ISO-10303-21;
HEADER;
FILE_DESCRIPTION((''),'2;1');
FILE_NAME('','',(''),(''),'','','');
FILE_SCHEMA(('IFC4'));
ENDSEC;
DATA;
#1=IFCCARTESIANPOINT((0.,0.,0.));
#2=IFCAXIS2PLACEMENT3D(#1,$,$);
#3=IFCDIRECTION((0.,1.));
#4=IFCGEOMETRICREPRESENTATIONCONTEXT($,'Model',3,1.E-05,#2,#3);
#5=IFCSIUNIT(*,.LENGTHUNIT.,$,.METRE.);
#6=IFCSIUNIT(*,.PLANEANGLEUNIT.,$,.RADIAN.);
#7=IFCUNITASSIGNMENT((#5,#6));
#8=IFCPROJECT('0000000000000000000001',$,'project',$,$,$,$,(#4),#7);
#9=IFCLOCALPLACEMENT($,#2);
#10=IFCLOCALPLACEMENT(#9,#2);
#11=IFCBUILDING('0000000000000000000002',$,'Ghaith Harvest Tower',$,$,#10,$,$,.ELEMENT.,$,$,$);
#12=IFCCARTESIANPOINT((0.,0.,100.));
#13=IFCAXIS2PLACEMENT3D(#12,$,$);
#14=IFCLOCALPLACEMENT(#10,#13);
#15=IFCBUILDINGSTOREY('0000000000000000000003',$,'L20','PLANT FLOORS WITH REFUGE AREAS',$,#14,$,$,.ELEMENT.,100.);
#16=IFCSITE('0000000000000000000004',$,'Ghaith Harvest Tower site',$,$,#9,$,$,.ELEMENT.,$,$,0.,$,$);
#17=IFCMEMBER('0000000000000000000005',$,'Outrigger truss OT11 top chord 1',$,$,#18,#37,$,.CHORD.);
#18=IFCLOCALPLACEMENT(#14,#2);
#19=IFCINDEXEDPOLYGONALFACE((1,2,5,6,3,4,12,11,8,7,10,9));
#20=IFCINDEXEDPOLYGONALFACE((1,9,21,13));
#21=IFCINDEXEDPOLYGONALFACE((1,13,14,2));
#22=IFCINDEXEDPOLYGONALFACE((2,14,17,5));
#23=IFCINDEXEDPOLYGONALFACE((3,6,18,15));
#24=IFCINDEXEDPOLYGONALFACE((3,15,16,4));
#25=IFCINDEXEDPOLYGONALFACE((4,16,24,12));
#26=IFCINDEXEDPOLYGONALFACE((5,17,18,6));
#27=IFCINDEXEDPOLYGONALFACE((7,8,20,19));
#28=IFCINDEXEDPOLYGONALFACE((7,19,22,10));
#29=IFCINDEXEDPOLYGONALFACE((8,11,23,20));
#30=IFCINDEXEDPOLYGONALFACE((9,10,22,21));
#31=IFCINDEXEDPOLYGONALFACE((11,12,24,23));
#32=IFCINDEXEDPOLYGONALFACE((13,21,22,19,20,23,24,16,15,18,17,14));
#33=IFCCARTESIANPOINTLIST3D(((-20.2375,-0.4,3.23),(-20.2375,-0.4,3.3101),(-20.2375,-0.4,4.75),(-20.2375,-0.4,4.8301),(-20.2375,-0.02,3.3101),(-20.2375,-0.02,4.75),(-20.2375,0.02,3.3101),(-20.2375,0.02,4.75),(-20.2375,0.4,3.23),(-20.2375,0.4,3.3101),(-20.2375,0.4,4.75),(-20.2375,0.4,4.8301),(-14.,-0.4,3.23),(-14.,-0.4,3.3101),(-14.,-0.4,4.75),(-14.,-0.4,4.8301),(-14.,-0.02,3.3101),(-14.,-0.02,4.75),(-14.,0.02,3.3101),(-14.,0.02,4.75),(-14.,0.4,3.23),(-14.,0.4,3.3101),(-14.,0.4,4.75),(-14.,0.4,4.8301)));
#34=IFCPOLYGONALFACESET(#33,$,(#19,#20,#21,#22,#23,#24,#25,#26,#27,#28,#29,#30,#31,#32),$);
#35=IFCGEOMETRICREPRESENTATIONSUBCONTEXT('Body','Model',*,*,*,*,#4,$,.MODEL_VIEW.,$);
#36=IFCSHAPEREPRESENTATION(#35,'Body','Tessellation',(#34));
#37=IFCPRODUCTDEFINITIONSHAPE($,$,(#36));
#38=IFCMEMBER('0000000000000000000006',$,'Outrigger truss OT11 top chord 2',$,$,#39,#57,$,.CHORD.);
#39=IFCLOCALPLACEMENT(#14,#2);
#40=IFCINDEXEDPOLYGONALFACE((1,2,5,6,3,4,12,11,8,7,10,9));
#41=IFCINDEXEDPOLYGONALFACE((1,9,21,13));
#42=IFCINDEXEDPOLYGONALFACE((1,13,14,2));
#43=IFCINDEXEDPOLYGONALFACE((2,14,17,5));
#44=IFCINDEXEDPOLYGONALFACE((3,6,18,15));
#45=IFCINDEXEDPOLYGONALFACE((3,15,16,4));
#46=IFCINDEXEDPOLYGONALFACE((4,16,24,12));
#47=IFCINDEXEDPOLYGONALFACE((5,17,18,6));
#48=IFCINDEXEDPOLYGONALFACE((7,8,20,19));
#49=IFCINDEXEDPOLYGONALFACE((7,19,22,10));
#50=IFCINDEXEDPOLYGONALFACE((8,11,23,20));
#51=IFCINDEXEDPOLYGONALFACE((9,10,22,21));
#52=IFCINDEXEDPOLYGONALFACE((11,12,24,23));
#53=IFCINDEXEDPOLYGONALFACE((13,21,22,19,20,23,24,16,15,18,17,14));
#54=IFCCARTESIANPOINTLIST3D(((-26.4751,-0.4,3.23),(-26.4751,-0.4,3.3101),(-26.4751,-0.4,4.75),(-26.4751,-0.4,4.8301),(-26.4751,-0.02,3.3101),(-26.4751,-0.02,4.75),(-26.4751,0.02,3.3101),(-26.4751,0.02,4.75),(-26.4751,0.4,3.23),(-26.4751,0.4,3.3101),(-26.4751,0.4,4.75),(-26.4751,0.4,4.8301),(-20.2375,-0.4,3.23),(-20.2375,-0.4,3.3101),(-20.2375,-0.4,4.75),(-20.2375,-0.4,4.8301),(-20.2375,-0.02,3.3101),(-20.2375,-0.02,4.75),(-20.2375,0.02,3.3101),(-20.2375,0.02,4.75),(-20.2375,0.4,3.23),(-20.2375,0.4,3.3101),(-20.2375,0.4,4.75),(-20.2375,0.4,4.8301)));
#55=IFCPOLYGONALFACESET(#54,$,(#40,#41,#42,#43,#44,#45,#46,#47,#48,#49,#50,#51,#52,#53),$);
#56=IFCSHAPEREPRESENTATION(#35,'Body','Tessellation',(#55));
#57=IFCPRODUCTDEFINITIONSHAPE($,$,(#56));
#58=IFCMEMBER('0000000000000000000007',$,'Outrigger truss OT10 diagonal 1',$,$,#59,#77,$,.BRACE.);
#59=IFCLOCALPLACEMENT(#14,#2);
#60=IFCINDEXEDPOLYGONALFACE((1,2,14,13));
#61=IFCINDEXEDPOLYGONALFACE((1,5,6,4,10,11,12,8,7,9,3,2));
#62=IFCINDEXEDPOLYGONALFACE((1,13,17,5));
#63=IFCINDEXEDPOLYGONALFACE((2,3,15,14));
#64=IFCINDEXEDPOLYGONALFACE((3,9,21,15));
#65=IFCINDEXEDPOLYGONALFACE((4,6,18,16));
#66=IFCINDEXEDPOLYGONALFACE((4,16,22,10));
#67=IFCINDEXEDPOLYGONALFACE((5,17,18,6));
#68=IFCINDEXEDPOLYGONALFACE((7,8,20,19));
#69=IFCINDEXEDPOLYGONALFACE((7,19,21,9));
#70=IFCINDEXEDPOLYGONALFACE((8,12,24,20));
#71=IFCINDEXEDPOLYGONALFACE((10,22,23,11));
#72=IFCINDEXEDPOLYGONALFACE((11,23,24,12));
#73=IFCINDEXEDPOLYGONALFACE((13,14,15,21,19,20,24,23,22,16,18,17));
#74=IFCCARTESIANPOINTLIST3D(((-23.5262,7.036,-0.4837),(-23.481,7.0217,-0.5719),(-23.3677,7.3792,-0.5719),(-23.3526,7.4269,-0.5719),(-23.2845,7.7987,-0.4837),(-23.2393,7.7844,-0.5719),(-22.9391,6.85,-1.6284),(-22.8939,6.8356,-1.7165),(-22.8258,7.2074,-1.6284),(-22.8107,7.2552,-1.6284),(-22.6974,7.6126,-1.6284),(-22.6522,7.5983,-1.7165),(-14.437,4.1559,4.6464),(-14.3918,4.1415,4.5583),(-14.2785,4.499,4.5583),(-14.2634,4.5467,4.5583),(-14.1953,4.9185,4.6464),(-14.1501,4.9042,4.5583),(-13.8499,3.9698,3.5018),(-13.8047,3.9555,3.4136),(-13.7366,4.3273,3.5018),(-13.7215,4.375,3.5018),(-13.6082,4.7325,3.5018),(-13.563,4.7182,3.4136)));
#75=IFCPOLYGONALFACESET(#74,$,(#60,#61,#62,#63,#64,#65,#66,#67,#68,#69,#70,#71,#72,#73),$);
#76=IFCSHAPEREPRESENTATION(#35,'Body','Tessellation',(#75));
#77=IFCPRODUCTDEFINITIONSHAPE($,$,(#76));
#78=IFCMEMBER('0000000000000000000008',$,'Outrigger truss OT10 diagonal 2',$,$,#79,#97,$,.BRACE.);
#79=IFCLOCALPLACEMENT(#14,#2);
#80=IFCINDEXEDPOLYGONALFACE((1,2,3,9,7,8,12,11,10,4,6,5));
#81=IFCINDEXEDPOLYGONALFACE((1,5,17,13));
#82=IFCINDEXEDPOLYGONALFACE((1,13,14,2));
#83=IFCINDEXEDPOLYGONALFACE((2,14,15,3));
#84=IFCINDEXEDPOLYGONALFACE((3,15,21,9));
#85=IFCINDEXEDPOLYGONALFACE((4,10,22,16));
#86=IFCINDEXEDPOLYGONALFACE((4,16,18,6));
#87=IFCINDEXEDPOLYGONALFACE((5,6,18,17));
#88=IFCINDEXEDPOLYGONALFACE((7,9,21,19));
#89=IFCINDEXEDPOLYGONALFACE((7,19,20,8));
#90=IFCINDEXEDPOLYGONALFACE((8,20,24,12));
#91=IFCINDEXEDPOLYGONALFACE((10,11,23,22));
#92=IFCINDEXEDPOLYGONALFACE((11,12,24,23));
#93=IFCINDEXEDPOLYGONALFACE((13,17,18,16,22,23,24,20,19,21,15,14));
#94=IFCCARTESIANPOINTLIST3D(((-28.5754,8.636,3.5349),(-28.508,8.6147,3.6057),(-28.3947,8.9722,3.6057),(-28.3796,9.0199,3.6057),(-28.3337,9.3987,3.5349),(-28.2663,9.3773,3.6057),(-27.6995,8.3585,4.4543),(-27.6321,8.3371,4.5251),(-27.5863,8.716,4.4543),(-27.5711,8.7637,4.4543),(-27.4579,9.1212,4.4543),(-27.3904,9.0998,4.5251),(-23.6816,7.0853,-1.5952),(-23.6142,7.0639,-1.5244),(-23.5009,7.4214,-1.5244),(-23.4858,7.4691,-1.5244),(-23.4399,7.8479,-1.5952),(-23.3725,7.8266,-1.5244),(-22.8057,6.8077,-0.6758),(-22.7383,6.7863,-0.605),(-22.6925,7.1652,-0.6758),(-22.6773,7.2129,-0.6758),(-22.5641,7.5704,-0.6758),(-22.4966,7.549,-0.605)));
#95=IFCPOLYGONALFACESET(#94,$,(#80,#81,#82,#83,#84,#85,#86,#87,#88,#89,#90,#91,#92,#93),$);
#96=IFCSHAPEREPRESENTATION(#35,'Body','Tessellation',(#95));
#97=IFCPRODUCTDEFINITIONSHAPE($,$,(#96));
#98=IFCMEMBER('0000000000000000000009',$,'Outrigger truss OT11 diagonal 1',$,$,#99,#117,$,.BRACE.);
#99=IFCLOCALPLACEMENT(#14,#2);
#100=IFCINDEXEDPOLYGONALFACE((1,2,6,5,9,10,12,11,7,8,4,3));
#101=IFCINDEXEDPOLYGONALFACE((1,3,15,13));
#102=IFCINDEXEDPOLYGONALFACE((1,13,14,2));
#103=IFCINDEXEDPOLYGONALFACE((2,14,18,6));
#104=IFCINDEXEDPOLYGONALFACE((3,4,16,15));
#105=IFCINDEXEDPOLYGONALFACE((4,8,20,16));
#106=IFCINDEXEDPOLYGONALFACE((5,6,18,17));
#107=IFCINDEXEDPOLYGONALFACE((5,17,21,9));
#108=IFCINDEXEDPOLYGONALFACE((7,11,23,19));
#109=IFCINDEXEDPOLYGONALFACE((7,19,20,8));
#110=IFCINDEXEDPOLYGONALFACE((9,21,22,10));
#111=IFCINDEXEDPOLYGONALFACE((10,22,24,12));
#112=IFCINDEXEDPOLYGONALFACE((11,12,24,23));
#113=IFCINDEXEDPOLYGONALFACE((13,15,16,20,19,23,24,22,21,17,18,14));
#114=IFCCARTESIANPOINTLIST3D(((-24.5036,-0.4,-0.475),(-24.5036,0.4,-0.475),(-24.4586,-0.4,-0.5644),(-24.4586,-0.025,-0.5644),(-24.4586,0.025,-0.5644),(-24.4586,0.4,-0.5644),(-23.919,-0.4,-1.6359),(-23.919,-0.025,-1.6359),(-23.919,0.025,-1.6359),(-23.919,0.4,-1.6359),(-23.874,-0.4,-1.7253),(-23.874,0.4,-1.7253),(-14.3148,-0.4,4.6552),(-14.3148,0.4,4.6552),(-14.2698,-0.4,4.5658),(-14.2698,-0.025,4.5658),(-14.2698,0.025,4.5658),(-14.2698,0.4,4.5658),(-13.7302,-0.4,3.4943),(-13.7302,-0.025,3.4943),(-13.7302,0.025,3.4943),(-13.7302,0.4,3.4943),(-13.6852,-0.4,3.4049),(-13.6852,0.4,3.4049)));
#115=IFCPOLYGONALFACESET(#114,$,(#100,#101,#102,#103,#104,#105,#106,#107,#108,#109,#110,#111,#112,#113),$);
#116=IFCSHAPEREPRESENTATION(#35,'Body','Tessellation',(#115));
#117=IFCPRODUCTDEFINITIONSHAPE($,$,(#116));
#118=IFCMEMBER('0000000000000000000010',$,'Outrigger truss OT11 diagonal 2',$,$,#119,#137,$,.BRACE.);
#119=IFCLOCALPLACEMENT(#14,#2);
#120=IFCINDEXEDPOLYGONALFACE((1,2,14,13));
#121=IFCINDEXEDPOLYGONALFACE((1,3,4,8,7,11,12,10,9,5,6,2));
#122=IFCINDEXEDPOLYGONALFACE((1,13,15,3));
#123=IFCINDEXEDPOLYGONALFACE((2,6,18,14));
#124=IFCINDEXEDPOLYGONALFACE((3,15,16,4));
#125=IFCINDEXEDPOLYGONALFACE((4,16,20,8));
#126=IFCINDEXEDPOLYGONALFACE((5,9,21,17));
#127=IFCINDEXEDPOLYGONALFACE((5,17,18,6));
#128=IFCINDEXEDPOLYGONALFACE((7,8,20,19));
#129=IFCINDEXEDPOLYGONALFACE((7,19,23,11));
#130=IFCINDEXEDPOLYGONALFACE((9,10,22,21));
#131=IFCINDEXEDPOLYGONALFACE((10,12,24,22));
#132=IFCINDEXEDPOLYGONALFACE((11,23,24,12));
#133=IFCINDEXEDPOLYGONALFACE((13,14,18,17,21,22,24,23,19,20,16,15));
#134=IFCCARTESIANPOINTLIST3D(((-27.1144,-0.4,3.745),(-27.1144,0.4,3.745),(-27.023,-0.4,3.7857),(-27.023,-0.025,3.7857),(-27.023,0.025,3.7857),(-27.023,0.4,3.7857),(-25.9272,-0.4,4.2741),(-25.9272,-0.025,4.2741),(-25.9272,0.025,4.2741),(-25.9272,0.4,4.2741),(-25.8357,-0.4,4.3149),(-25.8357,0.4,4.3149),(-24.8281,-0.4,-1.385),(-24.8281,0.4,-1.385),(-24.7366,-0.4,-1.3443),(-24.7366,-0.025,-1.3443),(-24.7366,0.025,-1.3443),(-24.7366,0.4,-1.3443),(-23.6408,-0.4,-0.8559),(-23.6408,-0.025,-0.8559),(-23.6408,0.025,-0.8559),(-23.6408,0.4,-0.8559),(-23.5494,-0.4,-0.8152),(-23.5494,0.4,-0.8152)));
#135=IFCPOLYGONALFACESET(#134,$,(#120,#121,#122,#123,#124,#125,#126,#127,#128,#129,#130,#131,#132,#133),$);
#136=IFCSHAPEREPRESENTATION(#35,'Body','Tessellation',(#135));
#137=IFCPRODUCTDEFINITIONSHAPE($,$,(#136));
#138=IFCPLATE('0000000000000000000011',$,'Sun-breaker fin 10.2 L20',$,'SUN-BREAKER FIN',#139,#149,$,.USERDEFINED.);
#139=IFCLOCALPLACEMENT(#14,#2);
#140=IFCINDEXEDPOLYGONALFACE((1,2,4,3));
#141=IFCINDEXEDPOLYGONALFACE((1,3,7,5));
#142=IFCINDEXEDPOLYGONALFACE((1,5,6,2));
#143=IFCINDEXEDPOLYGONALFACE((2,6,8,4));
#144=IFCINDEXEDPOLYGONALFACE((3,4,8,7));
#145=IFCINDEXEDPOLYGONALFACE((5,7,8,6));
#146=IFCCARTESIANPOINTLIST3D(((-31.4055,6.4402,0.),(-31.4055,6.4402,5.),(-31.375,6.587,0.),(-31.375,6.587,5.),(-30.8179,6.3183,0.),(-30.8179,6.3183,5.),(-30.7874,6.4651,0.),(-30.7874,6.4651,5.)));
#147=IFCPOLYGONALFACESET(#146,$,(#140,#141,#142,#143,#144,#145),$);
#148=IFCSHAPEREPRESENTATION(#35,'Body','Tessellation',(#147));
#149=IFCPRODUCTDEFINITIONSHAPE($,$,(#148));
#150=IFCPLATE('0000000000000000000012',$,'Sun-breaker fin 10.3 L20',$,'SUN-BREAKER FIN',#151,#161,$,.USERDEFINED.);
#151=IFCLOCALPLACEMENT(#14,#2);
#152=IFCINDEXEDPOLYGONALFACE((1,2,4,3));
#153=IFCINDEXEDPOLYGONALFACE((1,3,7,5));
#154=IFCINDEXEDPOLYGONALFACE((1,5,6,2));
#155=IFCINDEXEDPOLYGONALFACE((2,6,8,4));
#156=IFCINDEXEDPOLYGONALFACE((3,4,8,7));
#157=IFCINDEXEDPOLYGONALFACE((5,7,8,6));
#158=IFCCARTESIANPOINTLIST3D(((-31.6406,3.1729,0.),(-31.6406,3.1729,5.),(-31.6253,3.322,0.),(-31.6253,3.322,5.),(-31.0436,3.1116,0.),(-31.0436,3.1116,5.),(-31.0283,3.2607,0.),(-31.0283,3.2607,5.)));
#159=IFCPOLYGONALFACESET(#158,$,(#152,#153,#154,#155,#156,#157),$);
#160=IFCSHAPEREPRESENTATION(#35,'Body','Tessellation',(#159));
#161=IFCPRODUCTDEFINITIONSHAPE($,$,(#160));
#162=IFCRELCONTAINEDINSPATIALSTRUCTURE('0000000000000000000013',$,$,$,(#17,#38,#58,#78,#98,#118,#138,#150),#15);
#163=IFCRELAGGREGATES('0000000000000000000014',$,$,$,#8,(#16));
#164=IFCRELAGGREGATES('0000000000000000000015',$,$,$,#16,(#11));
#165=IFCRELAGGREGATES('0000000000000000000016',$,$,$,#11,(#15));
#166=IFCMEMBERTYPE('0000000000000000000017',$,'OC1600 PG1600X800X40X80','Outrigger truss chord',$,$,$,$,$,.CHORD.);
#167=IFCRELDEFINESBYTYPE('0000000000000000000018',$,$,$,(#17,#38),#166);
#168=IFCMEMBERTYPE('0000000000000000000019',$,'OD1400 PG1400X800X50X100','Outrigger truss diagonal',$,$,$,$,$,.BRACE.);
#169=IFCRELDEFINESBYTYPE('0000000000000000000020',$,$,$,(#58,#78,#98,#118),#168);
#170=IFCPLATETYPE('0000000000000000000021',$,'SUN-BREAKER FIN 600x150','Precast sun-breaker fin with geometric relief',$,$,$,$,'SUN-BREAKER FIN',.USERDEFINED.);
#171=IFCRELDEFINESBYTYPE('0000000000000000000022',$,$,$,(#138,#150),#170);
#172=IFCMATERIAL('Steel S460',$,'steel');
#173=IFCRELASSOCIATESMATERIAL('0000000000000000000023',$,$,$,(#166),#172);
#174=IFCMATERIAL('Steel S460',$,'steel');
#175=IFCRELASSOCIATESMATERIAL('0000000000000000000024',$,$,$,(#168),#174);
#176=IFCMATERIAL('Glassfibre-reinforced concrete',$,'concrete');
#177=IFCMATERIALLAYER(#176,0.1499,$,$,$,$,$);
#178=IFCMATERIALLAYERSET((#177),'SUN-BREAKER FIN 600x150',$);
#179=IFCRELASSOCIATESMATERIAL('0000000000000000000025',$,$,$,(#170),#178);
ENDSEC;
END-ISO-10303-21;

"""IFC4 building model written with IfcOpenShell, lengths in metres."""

from ifc_helpers import new_model, si_unit, direction, frame, origin, origin_2d, place, context, subcontext, project, spatial, rectangle, i_section, extrude, material, layer, layer_set, material_profile, profile_set, type_object, element, save


model = new_model("IFC4")

# Units and contexts
model_context = context("Model", 3, precision=1e-05, world=origin(), true_north=direction((0.0, 1.0)))
body_context = subcontext(model_context, "Body", "Model", "MODEL_VIEW")
ifc_project = project(units=[si_unit("LENGTHUNIT", "METRE"), si_unit("PLANEANGLEUNIT", "RADIAN")], contexts=[model_context])

# Site, building, storey
site_placement = place(None, origin())
site = spatial("IfcSite", under=ifc_project, at=site_placement, Name="Ghaith Harvest Tower site", CompositionType="ELEMENT", RefElevation=0.0)
building_placement = place(site_placement, origin())
building = spatial("IfcBuilding", under=site, at=building_placement, Name="Ghaith Harvest Tower", CompositionType="ELEMENT")
storey_placement = place(building_placement, frame((0.0, 0.0, 100.0)))
storey = spatial("IfcBuildingStorey", under=building, at=storey_placement, Name="L20", Description="PLANT FLOORS WITH REFUGE AREAS", CompositionType="ELEMENT", Elevation=100.0)

# Members
ifc_material_1 = material(Name="Steel S460", Category="steel")
ifc_material_profile_1 = material_profile(ifc_material_1, i_section(OverallWidth=0.8, OverallDepth=1.6001, WebThickness=0.04, FlangeThickness=0.0801, at=origin_2d()), Name="PG1600X800X40X80")
ifc_profile_set_1 = profile_set([ifc_material_profile_1], Name="Steel S460")
member_type_1 = type_object("IfcMemberType", Name="OC1600 PG1600X800X40X80", Description="Outrigger truss chord", PredefinedType="CHORD", material=ifc_profile_set_1)
for number, where, z_axis, x_axis, name in (
    (1, (-14.0, 0.0, 4.03), (-1.0, 0.0, 0.0), (0.0, -1.0, 0.0), "Outrigger truss OT11 top chord 1"),
    (2, (-20.2375, 0.0, 4.03), (-1.0, 0.0, 0.0), (0.0, -1.0, 0.0), "Outrigger truss OT11 top chord 2"),
):
    element("IfcMember", number, at=place(storey_placement, frame(where, z_axis=z_axis, x_axis=x_axis)), inside=storey, type_object=member_type_1, Name=name, PredefinedType="CHORD", context=body_context, shape_type="SweptSolid", body=[
        extrude(i_section(OverallWidth=0.8, OverallDepth=1.6001, WebThickness=0.04, FlangeThickness=0.0801, at=origin_2d()), origin(), (0.0, 0.0, 1.0), 6.2375),
    ])
ifc_material_2 = material(Name="Steel S460", Category="steel")
ifc_material_profile_2 = material_profile(ifc_material_2, i_section(OverallWidth=0.8, OverallDepth=1.3999, WebThickness=0.05, FlangeThickness=0.1001, at=origin_2d()), Name="PG1400X800X50X100")
ifc_profile_set_2 = profile_set([ifc_material_profile_2], Name="Steel S460")
member_type_2 = type_object("IfcMemberType", Name="OD1400 PG1400X800X50X100", Description="Outrigger truss diagonal", PredefinedType="BRACE", material=ifc_profile_set_2)
member_1_placement = place(storey_placement, frame((-14.0, 4.437, 4.03), z_axis=(-0.839481, 0.266012, -0.473824), x_axis=(-0.302074, -0.953285, 0.0)))
element("IfcMember", 3, at=member_1_placement, inside=storey, type_object=member_type_2, Name="Outrigger truss OT10 diagonal 1", PredefinedType="BRACE", context=body_context, shape_type="SweptSolid", body=[
    extrude(i_section(OverallWidth=0.8, OverallDepth=1.3999, WebThickness=0.05, FlangeThickness=0.1001, at=origin_2d()), origin(), (0.0, 0.0, 1.0), 10.8271),
])
member_2_placement = place(storey_placement, frame((-23.0891, 7.3171, -1.1001), z_axis=(-0.674302, 0.213678, 0.706865), x_axis=(-0.302083, -0.953282, 0.0)))
element("IfcMember", 4, at=member_2_placement, inside=storey, type_object=member_type_2, Name="Outrigger truss OT10 diagonal 2", PredefinedType="BRACE", context=body_context, shape_type="SweptSolid", body=[
    extrude(i_section(OverallWidth=0.8, OverallDepth=1.3999, WebThickness=0.05, FlangeThickness=0.1001, at=origin_2d()), origin(), (0.0, 0.0, 1.0), 7.2576),
])
member_3_placement = place(storey_placement, frame((-14.0, 0.0, 4.03), z_axis=(-0.89317, 0.0, -0.44972), x_axis=(0.0, -1.0, 0.0)))
element("IfcMember", 5, at=member_3_placement, inside=storey, type_object=member_type_2, Name="Outrigger truss OT11 diagonal 1", PredefinedType="BRACE", context=body_context, shape_type="SweptSolid", body=[
    extrude(i_section(OverallWidth=0.8, OverallDepth=1.3999, WebThickness=0.05, FlangeThickness=0.1001, at=origin_2d()), origin(), (0.0, 0.0, 1.0), 11.4075),
])
member_4_placement = place(storey_placement, frame((-24.1887, 0.0, -1.1001), z_axis=(-0.407078, 0.0, 0.913393), x_axis=(0.0, -1.0, 0.0)))
element("IfcMember", 6, at=member_4_placement, inside=storey, type_object=member_type_2, Name="Outrigger truss OT11 diagonal 2", PredefinedType="BRACE", context=body_context, shape_type="SweptSolid", body=[
    extrude(i_section(OverallWidth=0.8, OverallDepth=1.3999, WebThickness=0.05, FlangeThickness=0.1001, at=origin_2d()), origin(), (0.0, 0.0, 1.0), 5.6165),
])

# Plates
ifc_material_3 = material(Name="Glassfibre-reinforced concrete", Category="concrete")
ifc_layer_1 = layer(ifc_material_3, 0.1499)
ifc_layer_set_1 = layer_set([ifc_layer_1], Name="SUN-BREAKER FIN 600x150")
plate_type = type_object("IfcPlateType", Name="SUN-BREAKER FIN 600x150", Description="Precast sun-breaker fin with geometric relief", ElementType="SUN-BREAKER FIN", PredefinedType="USERDEFINED", material=ifc_layer_set_1)
for number, where, z_axis, x_axis, name in (
    (7, (-31.0964, 6.4526, 0.0), (0.0, 0.0, 1.0), (-0.979142, 0.203179, 0.0), "Sun-breaker fin 10.2 L20"),
    (8, (-31.3345, 3.2168, 0.0), (0.0, 0.0, 1.0), (-0.994772, 0.102123, 0.0), "Sun-breaker fin 10.3 L20"),
):
    element("IfcPlate", number, at=place(storey_placement, frame(where, z_axis=z_axis, x_axis=x_axis)), inside=storey, type_object=plate_type, Name=name, ObjectType="SUN-BREAKER FIN", PredefinedType="USERDEFINED", context=body_context, shape_type="SweptSolid", body=[
        extrude(rectangle(XDim=0.6001, YDim=0.1499, at=origin_2d()), origin(), (0.0, 0.0, 1.0), 5.0),
    ])

save(model, "model.ifc")
